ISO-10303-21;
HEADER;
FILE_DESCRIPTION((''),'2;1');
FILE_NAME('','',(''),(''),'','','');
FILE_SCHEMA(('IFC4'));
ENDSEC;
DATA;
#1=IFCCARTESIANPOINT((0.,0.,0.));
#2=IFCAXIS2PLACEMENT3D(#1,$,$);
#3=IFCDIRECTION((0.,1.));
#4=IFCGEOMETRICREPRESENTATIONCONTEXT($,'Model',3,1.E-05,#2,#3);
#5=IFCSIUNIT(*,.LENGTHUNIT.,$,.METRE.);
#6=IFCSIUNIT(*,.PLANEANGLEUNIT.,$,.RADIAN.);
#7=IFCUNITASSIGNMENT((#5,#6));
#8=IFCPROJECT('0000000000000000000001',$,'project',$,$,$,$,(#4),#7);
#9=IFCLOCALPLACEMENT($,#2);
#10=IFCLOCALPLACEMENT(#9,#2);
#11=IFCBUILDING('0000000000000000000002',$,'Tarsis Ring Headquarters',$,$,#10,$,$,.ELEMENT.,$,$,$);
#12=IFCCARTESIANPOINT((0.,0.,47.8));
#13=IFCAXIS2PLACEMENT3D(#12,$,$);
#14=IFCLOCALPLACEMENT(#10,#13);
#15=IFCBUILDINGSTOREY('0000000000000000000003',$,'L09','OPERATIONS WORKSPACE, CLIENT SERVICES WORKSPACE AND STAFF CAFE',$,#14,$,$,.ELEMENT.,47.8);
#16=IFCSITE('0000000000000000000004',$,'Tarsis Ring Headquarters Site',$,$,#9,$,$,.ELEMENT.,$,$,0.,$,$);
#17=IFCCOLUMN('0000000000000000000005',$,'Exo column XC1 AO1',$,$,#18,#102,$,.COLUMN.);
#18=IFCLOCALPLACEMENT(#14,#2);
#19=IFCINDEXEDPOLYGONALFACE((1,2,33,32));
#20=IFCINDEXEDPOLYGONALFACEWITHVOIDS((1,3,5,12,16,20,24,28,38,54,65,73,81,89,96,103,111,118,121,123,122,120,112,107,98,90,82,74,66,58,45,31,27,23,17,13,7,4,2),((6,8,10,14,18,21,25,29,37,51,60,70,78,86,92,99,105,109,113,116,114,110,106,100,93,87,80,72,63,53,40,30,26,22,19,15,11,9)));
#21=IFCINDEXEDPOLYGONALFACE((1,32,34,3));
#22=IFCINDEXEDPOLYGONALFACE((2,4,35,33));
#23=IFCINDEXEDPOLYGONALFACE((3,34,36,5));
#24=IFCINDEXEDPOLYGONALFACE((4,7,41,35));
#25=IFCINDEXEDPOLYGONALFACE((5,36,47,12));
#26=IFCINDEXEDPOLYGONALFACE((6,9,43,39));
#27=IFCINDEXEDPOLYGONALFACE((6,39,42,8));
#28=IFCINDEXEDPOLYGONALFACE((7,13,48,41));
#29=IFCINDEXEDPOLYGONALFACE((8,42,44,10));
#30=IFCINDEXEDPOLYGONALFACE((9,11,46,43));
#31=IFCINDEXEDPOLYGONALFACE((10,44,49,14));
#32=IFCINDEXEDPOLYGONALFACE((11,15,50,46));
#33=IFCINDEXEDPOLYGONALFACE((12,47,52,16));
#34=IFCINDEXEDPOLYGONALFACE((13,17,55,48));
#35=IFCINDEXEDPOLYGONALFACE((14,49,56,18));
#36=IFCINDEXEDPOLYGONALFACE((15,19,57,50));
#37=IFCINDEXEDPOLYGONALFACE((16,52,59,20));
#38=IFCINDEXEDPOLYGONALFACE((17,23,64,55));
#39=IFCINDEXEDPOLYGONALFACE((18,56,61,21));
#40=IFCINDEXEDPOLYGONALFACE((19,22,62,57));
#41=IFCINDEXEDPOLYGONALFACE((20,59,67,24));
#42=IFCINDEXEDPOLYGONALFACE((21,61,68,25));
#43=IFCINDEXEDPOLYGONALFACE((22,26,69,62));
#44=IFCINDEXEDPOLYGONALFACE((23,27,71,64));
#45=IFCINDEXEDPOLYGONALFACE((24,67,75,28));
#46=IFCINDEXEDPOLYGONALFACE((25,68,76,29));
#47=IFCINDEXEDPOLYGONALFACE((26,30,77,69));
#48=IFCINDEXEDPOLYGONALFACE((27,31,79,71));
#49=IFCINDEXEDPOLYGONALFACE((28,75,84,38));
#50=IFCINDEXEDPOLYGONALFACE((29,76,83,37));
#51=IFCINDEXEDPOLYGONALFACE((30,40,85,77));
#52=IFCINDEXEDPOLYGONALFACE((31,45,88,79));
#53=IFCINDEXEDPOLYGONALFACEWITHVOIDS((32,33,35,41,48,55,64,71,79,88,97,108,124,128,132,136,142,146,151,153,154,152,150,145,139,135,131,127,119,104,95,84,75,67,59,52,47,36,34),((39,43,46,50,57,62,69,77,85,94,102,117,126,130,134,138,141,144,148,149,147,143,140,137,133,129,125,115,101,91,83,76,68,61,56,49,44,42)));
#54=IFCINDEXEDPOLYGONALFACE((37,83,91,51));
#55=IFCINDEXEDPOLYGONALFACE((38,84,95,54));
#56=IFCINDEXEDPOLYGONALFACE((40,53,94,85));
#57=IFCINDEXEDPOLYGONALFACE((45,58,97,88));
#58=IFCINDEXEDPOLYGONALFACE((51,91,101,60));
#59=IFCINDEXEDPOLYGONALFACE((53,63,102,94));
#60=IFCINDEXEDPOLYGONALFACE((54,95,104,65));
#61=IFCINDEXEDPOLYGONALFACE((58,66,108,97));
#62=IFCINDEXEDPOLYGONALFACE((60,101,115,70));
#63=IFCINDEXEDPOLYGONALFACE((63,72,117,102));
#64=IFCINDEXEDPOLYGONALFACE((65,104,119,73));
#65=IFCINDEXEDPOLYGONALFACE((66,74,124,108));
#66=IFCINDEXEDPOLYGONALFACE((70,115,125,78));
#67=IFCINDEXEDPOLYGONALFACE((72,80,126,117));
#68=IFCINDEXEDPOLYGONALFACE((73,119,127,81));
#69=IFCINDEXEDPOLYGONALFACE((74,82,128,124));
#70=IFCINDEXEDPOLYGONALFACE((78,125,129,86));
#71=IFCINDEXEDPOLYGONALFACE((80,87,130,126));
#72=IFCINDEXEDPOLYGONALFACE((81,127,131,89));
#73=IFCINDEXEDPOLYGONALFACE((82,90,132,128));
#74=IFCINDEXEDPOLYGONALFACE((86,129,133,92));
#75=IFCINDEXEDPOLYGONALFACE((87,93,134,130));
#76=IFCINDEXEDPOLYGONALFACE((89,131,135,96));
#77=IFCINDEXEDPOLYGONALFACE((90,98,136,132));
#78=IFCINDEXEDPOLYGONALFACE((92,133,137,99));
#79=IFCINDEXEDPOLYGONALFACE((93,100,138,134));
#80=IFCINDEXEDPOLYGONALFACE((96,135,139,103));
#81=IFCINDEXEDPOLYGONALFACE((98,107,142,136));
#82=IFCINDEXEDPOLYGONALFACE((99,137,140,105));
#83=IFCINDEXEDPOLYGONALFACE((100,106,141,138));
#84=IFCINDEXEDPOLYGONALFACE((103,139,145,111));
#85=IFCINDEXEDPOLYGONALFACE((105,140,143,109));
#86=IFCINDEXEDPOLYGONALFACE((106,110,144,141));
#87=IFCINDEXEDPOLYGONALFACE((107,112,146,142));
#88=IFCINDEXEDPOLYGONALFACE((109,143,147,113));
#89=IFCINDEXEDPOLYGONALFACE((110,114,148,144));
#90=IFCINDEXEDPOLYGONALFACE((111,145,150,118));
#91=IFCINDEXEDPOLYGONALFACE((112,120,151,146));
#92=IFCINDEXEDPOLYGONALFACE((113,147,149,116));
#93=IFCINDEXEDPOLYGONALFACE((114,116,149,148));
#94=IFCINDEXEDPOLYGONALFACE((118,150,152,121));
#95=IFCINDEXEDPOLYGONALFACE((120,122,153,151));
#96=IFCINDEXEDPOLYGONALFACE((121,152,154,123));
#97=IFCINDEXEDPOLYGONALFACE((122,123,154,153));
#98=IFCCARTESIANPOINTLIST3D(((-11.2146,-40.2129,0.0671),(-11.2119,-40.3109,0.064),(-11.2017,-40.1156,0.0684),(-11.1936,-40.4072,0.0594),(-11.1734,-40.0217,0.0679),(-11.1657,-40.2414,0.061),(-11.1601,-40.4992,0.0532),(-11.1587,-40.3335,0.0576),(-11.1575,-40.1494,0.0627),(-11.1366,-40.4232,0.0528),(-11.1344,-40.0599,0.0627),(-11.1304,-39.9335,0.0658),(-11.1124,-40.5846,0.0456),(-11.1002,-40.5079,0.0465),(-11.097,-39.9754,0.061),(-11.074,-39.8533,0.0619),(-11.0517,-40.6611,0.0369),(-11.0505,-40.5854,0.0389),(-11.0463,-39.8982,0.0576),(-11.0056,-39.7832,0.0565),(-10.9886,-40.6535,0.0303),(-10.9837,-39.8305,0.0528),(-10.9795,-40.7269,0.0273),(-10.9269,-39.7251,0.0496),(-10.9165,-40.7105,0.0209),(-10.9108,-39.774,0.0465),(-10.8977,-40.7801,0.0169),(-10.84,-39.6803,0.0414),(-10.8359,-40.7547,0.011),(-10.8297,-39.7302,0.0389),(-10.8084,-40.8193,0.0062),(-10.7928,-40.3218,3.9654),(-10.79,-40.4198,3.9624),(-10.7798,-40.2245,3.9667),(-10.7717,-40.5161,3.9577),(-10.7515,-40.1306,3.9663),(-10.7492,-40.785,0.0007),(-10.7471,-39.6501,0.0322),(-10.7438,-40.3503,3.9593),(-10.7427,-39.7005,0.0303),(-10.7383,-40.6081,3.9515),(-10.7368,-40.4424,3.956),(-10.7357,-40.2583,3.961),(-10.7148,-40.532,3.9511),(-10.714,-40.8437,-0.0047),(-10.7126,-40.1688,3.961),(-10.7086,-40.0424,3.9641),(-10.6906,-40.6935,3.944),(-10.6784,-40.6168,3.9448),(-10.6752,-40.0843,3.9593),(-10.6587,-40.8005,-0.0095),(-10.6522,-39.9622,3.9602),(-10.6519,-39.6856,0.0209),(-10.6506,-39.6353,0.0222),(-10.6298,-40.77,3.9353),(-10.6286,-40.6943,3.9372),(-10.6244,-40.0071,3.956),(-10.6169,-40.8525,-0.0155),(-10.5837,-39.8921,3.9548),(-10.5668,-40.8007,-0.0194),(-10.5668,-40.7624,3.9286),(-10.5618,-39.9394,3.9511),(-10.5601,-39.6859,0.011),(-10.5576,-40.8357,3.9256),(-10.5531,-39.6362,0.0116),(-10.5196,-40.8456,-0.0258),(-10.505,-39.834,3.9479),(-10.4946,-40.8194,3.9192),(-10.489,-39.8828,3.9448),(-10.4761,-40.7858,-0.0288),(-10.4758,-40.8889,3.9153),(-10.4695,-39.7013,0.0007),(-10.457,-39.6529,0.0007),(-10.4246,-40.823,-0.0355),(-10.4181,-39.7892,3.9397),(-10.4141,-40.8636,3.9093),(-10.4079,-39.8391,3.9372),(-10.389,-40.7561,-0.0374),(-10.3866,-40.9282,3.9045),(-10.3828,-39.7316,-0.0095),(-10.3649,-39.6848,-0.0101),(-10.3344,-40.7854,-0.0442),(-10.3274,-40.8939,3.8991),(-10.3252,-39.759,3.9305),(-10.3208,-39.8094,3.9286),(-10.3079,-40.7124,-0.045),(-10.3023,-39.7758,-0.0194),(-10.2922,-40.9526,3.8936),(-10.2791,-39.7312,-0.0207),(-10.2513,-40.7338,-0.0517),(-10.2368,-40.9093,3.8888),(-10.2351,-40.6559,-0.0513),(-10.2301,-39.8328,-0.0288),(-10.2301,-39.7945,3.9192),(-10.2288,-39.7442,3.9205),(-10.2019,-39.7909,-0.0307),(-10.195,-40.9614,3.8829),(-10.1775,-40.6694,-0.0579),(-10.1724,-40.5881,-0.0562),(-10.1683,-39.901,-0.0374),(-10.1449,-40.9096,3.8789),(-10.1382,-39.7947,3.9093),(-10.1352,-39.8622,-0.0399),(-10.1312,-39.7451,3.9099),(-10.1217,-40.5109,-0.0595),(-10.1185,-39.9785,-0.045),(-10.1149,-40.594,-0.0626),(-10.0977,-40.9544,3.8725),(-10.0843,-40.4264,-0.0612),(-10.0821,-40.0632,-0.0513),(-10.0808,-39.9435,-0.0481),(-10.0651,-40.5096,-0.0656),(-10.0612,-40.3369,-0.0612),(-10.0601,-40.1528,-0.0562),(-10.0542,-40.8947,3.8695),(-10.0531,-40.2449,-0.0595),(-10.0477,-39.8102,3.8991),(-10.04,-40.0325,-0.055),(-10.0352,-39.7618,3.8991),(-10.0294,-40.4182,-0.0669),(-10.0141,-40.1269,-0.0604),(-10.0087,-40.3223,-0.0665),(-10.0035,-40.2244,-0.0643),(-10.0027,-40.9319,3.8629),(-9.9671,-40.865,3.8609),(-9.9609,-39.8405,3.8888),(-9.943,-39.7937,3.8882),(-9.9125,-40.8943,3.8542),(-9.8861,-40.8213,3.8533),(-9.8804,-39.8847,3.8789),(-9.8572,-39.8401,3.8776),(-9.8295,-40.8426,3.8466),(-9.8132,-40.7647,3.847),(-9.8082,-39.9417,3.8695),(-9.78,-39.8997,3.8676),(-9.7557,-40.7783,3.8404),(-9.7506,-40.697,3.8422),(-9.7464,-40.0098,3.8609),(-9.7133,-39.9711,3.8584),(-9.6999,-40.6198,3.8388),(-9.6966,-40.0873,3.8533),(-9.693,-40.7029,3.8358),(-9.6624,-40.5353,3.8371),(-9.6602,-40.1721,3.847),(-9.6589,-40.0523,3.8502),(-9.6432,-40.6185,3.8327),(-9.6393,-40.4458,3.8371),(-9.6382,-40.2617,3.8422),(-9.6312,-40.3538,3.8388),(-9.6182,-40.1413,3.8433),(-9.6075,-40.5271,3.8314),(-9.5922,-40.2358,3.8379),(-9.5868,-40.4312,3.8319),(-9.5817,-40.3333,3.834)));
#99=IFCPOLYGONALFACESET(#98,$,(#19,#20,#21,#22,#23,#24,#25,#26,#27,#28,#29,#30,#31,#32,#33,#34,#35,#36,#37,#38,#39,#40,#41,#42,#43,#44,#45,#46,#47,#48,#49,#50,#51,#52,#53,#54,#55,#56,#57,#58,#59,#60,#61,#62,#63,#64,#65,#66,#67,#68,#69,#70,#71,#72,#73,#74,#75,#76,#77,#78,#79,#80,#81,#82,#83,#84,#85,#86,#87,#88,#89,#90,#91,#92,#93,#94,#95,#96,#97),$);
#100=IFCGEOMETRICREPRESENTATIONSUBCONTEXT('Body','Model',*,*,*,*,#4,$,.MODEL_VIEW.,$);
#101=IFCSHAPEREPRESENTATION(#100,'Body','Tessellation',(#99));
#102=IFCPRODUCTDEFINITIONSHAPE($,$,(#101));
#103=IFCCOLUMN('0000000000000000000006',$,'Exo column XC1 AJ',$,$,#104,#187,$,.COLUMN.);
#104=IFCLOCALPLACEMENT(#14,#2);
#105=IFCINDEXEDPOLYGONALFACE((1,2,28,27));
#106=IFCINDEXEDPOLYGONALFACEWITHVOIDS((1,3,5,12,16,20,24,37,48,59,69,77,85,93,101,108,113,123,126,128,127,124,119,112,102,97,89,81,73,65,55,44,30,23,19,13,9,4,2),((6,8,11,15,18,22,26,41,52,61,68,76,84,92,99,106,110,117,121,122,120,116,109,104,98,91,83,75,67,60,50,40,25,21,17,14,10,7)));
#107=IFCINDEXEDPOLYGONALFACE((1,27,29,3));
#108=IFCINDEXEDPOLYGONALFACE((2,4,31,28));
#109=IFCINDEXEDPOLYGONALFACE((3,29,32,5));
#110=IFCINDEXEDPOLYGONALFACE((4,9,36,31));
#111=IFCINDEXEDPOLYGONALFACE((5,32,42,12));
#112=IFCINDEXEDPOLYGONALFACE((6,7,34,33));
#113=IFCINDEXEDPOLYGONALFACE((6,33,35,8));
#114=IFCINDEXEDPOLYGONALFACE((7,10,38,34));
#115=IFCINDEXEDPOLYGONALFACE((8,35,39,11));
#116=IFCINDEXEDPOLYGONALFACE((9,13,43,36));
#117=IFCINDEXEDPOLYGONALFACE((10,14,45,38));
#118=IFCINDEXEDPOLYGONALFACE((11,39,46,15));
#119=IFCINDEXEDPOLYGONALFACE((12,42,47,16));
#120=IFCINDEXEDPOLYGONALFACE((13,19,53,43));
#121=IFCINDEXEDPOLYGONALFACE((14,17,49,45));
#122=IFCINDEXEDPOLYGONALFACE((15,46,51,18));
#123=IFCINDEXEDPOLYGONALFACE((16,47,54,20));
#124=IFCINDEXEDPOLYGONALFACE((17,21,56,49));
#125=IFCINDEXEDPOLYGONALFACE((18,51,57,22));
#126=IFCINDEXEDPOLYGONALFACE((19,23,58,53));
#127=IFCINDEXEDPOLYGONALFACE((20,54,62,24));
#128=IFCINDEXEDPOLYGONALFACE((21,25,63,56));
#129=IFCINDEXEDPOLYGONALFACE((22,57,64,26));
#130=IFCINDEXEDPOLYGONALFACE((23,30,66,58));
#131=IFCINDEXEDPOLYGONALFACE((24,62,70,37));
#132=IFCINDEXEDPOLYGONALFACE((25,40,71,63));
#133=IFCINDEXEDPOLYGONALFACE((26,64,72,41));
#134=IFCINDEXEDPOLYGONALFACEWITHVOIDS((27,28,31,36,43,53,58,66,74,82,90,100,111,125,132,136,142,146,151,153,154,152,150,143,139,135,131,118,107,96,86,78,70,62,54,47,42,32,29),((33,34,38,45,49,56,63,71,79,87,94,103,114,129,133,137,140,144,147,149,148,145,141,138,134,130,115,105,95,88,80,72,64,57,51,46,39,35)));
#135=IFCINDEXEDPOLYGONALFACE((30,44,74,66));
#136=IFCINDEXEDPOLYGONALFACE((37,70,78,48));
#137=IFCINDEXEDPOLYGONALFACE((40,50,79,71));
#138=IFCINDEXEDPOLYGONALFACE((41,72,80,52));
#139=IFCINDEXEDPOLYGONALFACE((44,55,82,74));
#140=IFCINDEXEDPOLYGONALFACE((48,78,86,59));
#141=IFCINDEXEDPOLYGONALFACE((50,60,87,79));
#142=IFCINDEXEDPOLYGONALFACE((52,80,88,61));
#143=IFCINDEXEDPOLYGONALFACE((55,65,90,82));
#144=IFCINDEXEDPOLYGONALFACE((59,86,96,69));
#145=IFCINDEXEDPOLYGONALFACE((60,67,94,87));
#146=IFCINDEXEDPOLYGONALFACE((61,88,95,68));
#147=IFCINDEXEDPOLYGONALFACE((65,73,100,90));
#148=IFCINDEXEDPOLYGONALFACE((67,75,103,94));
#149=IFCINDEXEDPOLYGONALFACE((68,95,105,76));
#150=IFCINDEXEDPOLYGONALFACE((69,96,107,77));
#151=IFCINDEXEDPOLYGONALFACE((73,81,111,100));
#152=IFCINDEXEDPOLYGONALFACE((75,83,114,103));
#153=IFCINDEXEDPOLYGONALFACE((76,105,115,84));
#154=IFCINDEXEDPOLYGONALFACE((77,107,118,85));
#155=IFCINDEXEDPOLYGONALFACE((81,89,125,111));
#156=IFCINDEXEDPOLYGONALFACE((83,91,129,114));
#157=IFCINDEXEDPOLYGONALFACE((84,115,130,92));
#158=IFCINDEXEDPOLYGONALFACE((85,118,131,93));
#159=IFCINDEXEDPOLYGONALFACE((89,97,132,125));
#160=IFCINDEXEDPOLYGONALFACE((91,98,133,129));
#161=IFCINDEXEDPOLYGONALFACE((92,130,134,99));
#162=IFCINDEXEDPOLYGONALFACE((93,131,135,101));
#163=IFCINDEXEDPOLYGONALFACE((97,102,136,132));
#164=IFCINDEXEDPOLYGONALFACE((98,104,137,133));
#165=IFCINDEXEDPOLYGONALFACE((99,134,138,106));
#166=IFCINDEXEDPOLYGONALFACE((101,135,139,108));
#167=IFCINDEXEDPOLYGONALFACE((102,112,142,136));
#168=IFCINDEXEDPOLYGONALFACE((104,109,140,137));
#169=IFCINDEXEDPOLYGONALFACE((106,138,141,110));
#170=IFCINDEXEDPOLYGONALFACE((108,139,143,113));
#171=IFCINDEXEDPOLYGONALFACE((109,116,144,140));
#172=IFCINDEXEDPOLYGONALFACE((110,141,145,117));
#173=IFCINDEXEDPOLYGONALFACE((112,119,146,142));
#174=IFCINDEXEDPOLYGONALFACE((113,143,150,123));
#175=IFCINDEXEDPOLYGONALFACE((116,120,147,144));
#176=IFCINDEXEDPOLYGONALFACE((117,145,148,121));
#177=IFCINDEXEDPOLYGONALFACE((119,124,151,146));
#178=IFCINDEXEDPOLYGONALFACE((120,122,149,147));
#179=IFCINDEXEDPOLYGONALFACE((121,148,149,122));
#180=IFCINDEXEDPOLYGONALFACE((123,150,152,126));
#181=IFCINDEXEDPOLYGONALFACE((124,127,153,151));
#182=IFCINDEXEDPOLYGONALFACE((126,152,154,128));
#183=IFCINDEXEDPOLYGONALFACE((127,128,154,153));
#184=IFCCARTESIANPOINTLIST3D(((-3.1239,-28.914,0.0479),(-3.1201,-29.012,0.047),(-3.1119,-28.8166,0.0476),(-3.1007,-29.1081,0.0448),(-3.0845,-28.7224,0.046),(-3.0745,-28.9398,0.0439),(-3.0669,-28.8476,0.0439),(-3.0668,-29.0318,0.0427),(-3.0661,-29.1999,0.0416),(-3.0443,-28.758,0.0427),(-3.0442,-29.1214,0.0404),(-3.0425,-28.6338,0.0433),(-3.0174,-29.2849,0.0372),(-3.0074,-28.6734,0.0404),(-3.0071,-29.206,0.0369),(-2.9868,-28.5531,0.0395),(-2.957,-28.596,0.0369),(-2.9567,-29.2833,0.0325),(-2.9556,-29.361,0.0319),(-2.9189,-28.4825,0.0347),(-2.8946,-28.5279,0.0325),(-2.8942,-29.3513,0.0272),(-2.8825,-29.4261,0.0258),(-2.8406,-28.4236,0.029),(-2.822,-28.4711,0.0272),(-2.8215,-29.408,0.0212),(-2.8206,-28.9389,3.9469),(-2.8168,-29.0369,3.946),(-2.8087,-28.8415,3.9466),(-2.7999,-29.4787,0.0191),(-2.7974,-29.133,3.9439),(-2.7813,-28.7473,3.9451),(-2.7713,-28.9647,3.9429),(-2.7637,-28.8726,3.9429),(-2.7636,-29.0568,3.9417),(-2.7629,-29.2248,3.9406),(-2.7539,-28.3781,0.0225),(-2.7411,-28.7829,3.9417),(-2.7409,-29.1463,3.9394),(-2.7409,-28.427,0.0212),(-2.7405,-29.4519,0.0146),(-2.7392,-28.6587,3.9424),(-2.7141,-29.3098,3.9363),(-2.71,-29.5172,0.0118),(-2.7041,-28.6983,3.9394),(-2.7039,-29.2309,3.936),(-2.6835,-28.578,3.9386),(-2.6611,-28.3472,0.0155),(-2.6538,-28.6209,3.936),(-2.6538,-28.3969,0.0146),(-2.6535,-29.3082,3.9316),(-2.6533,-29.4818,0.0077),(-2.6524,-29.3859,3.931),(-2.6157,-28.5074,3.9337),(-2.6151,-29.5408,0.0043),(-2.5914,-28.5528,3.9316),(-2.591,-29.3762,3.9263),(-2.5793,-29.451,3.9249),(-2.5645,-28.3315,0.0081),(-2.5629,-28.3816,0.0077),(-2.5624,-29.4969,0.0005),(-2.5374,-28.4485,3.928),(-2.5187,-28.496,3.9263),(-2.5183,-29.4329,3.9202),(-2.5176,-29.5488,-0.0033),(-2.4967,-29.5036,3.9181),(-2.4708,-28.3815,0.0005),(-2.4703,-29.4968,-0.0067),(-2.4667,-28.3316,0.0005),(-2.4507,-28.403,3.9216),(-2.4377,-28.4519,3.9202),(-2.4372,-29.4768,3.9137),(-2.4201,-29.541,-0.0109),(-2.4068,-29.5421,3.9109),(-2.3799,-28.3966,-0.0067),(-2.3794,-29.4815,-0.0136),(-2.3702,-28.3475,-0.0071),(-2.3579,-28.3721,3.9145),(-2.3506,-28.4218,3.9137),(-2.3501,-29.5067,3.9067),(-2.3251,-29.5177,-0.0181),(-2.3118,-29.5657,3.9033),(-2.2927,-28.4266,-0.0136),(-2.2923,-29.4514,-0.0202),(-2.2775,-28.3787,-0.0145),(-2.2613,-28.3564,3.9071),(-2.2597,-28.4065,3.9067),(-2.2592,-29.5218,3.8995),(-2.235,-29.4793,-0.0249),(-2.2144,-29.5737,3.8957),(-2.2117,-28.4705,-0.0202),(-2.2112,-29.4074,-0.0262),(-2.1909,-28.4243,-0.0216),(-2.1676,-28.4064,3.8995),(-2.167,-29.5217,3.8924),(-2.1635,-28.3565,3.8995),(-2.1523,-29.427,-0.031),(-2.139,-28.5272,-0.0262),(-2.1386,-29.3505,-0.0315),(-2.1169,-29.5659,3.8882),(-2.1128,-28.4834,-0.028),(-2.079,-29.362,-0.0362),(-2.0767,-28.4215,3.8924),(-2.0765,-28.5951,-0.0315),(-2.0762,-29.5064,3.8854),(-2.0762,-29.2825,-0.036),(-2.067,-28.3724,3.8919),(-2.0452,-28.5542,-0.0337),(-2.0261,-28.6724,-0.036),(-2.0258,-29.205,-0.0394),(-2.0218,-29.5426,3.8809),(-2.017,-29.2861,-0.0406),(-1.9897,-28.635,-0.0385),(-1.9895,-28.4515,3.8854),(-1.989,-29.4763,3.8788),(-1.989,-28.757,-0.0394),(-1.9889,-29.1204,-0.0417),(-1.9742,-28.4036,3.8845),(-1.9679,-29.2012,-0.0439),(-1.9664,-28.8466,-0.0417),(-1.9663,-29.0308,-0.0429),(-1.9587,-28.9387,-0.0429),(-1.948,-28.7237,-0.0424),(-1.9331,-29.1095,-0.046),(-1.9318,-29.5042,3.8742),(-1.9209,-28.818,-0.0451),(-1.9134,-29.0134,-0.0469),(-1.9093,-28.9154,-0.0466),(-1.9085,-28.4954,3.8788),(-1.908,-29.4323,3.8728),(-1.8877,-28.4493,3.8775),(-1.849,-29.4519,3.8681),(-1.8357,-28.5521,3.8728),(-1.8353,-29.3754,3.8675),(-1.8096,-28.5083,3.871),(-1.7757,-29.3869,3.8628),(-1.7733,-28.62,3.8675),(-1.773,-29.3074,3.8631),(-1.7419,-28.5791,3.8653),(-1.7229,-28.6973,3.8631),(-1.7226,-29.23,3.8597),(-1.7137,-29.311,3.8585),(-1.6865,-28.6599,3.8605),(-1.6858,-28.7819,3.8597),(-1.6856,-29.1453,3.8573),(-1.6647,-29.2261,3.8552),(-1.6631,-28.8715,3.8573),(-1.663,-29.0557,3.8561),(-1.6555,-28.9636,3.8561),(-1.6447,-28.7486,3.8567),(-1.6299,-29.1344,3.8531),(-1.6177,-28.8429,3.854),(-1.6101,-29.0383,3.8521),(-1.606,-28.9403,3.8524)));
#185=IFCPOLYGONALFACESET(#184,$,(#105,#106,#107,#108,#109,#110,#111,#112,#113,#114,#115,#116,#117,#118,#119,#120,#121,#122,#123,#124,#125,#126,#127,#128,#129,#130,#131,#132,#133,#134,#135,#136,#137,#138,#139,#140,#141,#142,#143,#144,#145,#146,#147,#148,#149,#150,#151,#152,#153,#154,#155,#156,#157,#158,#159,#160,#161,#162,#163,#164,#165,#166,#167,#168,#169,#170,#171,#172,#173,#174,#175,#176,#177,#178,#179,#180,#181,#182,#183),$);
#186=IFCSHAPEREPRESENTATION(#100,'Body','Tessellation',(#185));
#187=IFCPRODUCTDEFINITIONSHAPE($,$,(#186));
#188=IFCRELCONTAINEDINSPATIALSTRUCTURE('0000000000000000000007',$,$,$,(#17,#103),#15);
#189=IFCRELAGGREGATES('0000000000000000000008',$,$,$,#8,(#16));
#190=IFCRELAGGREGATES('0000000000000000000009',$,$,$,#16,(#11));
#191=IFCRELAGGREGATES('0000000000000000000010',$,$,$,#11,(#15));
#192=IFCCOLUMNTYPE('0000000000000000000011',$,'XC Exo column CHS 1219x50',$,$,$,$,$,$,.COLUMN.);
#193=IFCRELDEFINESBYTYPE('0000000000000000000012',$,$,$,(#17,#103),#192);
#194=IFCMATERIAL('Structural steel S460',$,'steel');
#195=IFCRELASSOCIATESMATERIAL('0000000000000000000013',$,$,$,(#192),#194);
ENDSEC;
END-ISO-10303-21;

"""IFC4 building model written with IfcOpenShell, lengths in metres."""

from ifc_helpers import new_model, si_unit, direction, frame, origin, origin_2d, place, context, subcontext, project, spatial, hollow_circle, extrude, material, material_profile, profile_set, type_object, element, save


model = new_model("IFC4")

# Units and contexts
model_context = context("Model", 3, precision=1e-05, world=origin(), true_north=direction((0.0, 1.0)))
body_context = subcontext(model_context, "Body", "Model", "MODEL_VIEW")
ifc_project = project(units=[si_unit("LENGTHUNIT", "METRE"), si_unit("PLANEANGLEUNIT", "RADIAN")], contexts=[model_context])

# Site, building, storey
site_placement = place(None, origin())
site = spatial("IfcSite", under=ifc_project, at=site_placement, Name="Tarsis Ring Headquarters Site", CompositionType="ELEMENT", RefElevation=0.0)
building_placement = place(site_placement, origin())
building = spatial("IfcBuilding", under=site, at=building_placement, Name="Tarsis Ring Headquarters", CompositionType="ELEMENT")
storey_placement = place(building_placement, frame((0.0, 0.0, 47.8)))
storey = spatial("IfcBuildingStorey", under=building, at=storey_placement, Name="L09", Description="OPERATIONS WORKSPACE, CLIENT SERVICES WORKSPACE AND STAFF CAFE", CompositionType="ELEMENT", Elevation=47.8)

# Columns
ifc_material_1 = material(Name="Structural steel S460", Category="steel")
ifc_material_profile_1 = material_profile(ifc_material_1, hollow_circle(Radius=0.6096, WallThickness=0.05, at=origin_2d()), Name="CHS 1219x50")
ifc_profile_set_1 = profile_set([ifc_material_profile_1], Name="Structural steel S460")
column_type = type_object("IfcColumnType", Name="XC Exo column CHS 1219x50", PredefinedType="COLUMN", material=ifc_profile_set_1)
column_1_placement = place(storey_placement, frame((-10.6094, -40.2432, 0.0007), z_axis=(0.107547, -0.027758, 0.993812), x_axis=(0.249912, 0.968269, 0.0)))
element("IfcColumn", 1, at=column_1_placement, inside=storey, type_object=column_type, Name="Exo column XC1 AO1", PredefinedType="COLUMN", context=body_context, shape_type="SweptSolid", body=[
    extrude(hollow_circle(Radius=0.6096, WallThickness=0.05, at=origin_2d()), origin(), (0.0, 0.0, 1.0), 3.9226),
])
column_2_placement = place(storey_placement, frame((-2.5166, -28.9392, 0.0005), z_axis=(0.077535, -0.006368, 0.996969), x_axis=(0.08185, 0.996645, 0.0)))
element("IfcColumn", 2, at=column_2_placement, inside=storey, type_object=column_type, Name="Exo column XC1 AJ", PredefinedType="COLUMN", context=body_context, shape_type="SweptSolid", body=[
    extrude(hollow_circle(Radius=0.6096, WallThickness=0.05, at=origin_2d()), origin(), (0.0, 0.0, 1.0), 3.9109),
])

save(model, "model.ifc")
